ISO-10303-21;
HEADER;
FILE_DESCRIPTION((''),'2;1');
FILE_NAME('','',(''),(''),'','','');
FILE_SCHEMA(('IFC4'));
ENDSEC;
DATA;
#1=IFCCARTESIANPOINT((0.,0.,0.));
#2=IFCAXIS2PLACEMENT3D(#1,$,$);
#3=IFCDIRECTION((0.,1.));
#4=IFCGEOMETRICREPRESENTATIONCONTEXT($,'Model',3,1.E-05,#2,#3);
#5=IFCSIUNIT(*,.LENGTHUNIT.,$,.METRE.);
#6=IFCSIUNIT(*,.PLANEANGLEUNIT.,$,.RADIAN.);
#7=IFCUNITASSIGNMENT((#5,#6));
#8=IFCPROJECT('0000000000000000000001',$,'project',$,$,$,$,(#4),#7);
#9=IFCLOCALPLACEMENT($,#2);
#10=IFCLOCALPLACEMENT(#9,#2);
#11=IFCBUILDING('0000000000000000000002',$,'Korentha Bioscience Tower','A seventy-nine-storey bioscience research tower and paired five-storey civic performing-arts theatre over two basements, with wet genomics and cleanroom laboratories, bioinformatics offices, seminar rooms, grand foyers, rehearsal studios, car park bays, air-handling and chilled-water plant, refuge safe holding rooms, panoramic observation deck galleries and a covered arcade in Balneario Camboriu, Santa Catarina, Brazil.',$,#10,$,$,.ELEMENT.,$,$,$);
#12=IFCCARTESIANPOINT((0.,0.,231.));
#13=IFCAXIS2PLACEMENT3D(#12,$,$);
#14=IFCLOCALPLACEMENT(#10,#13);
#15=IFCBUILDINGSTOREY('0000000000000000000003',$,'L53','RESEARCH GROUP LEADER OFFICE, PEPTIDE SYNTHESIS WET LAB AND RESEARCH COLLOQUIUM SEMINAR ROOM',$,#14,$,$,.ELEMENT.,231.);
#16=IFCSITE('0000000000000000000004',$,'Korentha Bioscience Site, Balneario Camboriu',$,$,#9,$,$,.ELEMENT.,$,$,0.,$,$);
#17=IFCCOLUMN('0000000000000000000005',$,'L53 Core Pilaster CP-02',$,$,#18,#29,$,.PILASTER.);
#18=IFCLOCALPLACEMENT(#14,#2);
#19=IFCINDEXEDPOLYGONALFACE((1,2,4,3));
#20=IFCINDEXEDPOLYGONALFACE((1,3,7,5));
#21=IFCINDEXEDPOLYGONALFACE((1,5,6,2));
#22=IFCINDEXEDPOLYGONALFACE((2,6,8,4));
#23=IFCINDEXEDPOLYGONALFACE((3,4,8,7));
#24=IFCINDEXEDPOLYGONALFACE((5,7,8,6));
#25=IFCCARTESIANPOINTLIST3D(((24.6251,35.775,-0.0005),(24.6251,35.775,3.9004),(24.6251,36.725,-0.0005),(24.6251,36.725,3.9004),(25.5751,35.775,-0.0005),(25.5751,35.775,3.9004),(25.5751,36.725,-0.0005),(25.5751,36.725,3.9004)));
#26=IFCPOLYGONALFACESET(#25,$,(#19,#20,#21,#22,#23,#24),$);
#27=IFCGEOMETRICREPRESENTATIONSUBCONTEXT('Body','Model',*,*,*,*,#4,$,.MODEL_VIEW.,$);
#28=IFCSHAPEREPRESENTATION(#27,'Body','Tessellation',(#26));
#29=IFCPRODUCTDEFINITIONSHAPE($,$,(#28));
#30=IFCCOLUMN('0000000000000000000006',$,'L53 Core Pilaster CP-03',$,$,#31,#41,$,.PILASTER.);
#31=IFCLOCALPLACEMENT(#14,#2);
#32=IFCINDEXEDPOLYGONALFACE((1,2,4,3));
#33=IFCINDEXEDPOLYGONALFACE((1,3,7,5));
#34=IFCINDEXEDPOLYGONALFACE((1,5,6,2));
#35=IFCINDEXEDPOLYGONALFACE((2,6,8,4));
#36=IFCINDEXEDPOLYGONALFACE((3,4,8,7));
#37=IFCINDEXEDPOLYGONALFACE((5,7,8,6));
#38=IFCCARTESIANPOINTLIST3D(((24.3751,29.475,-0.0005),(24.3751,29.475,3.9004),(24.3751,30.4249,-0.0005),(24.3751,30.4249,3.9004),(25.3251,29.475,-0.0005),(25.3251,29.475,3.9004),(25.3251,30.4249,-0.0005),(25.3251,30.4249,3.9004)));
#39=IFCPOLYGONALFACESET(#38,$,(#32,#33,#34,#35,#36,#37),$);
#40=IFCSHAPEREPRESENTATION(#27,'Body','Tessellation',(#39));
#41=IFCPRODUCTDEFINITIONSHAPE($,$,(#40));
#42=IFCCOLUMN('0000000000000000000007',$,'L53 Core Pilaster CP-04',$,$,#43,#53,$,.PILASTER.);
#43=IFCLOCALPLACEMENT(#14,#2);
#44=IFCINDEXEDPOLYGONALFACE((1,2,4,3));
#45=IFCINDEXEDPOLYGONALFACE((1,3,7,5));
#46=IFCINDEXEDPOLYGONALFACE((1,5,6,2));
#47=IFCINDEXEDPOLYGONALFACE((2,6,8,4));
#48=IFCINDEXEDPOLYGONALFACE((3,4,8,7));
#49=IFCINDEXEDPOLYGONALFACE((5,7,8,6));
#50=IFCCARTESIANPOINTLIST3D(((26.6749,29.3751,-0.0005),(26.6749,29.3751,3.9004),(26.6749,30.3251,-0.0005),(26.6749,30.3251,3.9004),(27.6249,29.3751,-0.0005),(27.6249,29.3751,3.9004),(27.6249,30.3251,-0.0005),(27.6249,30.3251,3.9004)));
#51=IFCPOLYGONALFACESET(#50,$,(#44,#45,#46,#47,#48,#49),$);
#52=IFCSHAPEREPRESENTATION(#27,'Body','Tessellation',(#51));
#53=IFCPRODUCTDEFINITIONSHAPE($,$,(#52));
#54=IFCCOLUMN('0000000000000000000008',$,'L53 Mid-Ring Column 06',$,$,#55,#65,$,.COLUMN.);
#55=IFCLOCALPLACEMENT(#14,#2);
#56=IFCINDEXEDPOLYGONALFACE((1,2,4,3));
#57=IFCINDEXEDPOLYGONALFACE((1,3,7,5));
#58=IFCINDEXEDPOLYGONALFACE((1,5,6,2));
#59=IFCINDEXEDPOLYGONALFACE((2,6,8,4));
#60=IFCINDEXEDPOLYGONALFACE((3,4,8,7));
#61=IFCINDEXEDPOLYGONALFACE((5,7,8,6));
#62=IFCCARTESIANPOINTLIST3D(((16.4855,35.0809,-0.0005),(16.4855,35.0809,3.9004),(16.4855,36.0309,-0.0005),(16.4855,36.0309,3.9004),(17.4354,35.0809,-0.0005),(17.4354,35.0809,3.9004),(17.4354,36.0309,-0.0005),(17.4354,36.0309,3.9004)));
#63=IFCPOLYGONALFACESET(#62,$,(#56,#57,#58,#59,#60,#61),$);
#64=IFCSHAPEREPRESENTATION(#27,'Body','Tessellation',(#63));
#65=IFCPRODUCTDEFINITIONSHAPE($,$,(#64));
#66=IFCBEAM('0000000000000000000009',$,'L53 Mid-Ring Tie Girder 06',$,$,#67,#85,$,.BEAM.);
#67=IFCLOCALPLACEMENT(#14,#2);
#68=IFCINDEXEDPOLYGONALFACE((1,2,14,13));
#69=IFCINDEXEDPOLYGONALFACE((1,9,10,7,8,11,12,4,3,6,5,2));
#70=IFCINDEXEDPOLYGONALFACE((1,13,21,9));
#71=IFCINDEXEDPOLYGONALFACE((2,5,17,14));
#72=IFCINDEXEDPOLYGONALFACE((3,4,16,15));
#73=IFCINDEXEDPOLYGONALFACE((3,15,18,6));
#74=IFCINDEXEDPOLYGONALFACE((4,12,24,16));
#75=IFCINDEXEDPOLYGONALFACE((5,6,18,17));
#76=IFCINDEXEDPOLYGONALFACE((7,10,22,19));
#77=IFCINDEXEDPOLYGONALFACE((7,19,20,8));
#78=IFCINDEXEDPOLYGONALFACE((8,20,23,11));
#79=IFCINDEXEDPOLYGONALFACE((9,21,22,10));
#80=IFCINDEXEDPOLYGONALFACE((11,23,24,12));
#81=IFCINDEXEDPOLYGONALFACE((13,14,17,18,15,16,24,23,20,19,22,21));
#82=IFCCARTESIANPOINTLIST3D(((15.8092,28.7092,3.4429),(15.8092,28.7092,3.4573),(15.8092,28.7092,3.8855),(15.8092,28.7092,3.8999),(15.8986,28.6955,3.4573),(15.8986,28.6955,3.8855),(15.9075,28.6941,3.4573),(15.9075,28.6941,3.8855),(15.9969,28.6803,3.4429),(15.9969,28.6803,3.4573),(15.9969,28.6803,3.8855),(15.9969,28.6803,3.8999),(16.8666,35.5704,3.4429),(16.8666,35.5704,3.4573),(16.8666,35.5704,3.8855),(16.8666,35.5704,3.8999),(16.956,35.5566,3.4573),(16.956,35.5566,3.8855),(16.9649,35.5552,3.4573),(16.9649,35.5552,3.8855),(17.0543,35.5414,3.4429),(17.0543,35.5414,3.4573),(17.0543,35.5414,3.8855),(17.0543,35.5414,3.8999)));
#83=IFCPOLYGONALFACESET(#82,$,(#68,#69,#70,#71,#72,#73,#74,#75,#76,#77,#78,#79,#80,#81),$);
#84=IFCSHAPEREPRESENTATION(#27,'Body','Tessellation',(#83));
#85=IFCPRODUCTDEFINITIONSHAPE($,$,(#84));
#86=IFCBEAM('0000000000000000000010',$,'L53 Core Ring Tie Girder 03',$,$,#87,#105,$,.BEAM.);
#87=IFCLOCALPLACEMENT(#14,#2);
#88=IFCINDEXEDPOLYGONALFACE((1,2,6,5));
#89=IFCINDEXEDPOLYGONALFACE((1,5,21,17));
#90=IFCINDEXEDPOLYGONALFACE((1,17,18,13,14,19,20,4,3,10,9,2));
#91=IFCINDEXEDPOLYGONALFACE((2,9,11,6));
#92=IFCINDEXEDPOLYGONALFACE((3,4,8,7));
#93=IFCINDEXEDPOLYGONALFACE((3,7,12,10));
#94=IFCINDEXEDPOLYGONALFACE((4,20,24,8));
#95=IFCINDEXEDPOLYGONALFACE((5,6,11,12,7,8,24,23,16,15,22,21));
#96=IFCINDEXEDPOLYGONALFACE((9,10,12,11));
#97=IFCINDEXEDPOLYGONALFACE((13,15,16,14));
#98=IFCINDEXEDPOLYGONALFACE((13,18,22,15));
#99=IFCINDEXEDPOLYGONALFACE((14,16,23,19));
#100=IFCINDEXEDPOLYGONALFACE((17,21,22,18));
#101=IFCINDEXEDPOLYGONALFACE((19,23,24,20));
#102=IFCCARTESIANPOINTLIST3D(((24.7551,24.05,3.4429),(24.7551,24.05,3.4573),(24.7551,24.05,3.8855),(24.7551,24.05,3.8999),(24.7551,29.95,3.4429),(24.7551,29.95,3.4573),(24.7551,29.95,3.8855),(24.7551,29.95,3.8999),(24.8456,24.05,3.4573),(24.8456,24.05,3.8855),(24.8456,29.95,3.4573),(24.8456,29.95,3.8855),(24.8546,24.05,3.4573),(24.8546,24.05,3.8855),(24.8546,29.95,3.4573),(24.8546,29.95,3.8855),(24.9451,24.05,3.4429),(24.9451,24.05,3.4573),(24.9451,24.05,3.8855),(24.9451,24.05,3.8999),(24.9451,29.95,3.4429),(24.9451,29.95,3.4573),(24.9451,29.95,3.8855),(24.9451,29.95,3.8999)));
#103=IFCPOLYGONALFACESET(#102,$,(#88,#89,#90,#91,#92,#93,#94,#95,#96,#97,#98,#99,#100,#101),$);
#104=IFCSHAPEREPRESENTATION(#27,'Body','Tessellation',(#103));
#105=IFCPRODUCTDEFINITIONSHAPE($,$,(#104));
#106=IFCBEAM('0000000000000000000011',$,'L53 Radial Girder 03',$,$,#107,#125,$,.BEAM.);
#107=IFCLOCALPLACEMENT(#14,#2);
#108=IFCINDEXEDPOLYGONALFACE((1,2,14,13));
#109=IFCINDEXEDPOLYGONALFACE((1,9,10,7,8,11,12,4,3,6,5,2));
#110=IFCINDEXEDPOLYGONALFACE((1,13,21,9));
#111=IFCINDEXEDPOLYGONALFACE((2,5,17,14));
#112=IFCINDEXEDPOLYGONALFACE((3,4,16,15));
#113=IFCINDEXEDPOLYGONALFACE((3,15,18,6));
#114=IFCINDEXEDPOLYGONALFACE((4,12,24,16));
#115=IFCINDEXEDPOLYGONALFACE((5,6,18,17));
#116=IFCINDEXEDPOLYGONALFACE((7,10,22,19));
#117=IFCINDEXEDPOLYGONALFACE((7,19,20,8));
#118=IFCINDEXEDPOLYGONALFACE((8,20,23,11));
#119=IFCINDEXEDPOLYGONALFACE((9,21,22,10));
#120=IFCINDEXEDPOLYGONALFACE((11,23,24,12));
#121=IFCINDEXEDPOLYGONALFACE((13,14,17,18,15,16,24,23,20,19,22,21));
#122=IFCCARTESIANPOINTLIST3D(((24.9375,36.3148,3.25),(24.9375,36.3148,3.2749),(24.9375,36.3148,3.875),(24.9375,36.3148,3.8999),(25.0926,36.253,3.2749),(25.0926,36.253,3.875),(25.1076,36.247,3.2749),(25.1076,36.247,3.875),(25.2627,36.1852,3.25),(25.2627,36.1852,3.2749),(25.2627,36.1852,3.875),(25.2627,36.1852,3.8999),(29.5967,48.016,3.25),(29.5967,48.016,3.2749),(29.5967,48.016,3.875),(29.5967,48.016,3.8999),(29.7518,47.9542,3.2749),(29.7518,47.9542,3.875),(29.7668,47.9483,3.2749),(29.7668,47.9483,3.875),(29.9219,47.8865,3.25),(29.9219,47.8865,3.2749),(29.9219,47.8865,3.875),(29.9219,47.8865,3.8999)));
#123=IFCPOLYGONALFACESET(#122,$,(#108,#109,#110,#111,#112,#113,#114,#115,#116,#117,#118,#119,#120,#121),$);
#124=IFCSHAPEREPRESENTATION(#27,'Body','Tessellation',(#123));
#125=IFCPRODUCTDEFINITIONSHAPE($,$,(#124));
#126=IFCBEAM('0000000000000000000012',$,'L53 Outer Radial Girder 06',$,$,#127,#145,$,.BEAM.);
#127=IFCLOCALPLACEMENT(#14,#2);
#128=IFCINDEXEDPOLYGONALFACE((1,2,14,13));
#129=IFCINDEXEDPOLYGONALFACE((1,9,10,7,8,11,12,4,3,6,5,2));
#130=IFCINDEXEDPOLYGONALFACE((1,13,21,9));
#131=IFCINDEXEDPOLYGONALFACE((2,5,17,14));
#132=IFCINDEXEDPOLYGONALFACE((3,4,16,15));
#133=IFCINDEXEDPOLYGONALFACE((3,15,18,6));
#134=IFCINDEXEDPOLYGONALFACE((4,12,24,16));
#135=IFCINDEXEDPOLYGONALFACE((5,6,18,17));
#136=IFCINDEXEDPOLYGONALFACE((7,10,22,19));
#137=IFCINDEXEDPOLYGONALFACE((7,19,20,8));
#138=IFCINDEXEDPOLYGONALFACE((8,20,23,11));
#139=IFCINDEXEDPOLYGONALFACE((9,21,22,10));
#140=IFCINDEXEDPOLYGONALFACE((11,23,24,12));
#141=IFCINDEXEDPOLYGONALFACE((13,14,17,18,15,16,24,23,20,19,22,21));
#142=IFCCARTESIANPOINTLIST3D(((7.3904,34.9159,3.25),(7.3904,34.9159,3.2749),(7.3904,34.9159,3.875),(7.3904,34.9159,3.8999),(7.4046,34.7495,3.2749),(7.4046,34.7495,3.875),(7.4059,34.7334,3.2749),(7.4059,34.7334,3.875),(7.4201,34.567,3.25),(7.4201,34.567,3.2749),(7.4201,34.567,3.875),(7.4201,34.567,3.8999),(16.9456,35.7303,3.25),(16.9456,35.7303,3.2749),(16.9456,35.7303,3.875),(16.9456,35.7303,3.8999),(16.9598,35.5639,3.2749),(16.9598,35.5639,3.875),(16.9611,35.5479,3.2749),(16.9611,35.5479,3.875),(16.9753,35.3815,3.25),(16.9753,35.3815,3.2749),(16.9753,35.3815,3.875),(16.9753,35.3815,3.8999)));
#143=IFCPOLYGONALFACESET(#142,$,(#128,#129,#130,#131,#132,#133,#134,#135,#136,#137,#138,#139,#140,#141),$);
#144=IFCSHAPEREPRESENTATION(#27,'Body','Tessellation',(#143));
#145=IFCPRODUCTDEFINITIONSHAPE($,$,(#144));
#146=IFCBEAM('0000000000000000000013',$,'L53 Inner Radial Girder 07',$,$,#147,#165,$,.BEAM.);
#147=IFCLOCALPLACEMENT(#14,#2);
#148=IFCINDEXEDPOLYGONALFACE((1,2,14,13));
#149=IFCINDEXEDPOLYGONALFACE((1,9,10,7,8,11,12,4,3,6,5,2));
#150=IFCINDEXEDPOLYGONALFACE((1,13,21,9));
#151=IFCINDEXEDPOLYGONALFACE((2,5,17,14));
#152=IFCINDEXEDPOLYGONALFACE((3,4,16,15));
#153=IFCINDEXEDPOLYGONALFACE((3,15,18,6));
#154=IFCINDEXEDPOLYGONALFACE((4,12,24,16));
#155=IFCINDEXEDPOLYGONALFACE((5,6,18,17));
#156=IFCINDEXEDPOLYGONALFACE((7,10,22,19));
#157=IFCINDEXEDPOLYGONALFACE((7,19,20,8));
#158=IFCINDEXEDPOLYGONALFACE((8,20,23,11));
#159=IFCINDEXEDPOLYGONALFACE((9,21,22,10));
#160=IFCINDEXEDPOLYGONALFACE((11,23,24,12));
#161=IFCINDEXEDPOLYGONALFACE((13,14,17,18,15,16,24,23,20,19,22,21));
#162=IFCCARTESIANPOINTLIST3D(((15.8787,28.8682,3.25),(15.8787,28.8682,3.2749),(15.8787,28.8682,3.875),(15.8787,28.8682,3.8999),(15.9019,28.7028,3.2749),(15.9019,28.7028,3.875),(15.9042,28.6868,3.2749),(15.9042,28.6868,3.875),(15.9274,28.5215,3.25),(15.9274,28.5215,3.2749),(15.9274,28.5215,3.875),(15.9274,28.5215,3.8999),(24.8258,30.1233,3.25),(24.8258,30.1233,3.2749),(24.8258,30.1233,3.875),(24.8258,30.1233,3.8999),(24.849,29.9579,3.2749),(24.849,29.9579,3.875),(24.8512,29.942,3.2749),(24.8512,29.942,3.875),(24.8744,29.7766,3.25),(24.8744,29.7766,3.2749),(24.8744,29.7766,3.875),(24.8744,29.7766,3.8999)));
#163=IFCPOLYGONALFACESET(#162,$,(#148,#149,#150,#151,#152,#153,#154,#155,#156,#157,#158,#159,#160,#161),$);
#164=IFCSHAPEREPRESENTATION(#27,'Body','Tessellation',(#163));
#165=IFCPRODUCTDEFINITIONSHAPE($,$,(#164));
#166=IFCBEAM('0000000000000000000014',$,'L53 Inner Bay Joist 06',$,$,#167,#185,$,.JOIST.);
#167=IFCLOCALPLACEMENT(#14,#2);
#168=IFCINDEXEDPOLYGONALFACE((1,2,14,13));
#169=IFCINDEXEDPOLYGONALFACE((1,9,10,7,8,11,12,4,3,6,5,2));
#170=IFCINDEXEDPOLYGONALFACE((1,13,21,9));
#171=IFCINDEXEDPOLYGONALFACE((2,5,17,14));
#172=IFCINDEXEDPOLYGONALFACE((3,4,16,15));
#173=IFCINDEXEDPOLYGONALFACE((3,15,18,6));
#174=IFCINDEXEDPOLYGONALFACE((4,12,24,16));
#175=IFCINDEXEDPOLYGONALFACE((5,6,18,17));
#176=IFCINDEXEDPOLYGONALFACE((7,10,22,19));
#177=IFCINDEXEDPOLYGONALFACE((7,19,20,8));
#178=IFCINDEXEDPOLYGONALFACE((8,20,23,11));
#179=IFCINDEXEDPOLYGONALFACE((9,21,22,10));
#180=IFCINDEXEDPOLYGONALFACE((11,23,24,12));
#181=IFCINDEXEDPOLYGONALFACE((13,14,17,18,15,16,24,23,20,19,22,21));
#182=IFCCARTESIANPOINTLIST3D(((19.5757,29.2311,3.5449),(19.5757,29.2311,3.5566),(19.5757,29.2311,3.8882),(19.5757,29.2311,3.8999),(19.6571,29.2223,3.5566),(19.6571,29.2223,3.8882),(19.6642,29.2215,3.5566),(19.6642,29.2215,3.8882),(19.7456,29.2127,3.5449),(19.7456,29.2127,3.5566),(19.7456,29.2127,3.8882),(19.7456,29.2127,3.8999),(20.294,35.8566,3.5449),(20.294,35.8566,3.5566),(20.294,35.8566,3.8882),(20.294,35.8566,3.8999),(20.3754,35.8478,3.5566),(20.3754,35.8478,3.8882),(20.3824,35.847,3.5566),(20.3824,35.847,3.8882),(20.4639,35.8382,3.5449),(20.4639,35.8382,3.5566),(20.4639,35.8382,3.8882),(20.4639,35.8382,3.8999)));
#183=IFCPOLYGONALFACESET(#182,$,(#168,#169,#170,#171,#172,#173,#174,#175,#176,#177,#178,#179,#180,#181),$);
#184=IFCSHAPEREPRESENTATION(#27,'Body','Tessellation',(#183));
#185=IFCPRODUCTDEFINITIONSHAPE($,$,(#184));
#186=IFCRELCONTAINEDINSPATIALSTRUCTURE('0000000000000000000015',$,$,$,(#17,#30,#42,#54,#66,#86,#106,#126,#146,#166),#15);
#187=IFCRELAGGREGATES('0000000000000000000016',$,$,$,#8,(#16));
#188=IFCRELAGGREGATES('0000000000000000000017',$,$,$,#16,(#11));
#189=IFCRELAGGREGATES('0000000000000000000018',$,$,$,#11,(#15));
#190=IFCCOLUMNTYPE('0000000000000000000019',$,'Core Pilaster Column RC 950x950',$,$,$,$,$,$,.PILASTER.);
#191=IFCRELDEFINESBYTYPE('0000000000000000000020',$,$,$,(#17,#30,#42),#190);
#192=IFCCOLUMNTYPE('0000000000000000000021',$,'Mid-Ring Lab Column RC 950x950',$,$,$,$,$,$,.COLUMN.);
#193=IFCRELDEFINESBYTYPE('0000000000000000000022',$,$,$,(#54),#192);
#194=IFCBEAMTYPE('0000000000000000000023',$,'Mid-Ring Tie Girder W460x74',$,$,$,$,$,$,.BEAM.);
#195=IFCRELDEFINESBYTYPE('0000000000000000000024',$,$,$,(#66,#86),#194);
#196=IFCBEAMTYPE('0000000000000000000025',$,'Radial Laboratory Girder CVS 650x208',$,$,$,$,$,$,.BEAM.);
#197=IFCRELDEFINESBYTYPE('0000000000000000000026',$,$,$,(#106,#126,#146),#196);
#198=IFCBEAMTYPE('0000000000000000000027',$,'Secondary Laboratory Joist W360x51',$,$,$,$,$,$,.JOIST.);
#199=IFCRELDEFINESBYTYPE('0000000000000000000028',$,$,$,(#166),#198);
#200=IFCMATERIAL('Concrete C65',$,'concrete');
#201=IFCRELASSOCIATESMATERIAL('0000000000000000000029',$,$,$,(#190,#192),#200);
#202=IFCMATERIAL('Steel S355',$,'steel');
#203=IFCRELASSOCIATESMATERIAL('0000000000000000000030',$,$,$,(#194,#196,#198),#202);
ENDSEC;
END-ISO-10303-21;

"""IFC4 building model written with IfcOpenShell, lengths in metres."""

from ifc_helpers import new_model, si_unit, direction, frame, origin, origin_2d, place, context, subcontext, project, spatial, rectangle, i_section, extrude, material, material_profile, profile_set, type_object, element, save


model = new_model("IFC4")

# Units and contexts
model_context = context("Model", 3, precision=1e-05, world=origin(), true_north=direction((0.0, 1.0)))
body_context = subcontext(model_context, "Body", "Model", "MODEL_VIEW")
ifc_project = project(units=[si_unit("LENGTHUNIT", "METRE"), si_unit("PLANEANGLEUNIT", "RADIAN")], contexts=[model_context])

# Site, building, storey
site_placement = place(None, origin())
site = spatial("IfcSite", under=ifc_project, at=site_placement, Name="Korentha Bioscience Site, Balneario Camboriu", CompositionType="ELEMENT", RefElevation=0.0)
building_placement = place(site_placement, origin())
building = spatial("IfcBuilding", under=site, at=building_placement, Name="Korentha Bioscience Tower", Description="A seventy-nine-storey bioscience research tower and paired five-storey civic performing-arts theatre over two basements, with wet genomics and cleanroom laboratories, bioinformatics offices, seminar rooms, grand foyers, rehearsal studios, car park bays, air-handling and chilled-water plant, refuge safe holding rooms, panoramic observation deck galleries and a covered arcade in Balneario Camboriu, Santa Catarina, Brazil.", CompositionType="ELEMENT")
storey_placement = place(building_placement, frame((0.0, 0.0, 231.0)))
storey = spatial("IfcBuildingStorey", under=building, at=storey_placement, Name="L53", Description="RESEARCH GROUP LEADER OFFICE, PEPTIDE SYNTHESIS WET LAB AND RESEARCH COLLOQUIUM SEMINAR ROOM", CompositionType="ELEMENT", Elevation=231.0)

# Columns
ifc_material_1 = material(Name="Concrete C65", Category="concrete")
ifc_material_profile_1 = material_profile(ifc_material_1, rectangle(XDim=0.95, YDim=0.95, at=origin_2d()), Name="Concrete C65")
ifc_profile_set_1 = profile_set([ifc_material_profile_1], Name="Concrete C65 (COL-CP09)")
column_type_1 = type_object("IfcColumnType", Name="Core Pilaster Column RC 950x950", PredefinedType="PILASTER", material=ifc_profile_set_1)
for number, where, z_axis, x_axis, name in (
    (1, (25.1001, 36.25, -0.0005), (0.0, 0.0, 1.0), (1.0, 0.0, 0.0), "L53 Core Pilaster CP-02"),
    (2, (24.8501, 29.95, -0.0005), (0.0, 0.0, 1.0), (1.0, 0.0, 0.0), "L53 Core Pilaster CP-03"),
    (3, (27.1499, 29.8501, -0.0005), (0.0, 0.0, 1.0), (1.0, 0.0, 0.0), "L53 Core Pilaster CP-04"),
):
    element("IfcColumn", number, at=place(storey_placement, frame(where, z_axis=z_axis, x_axis=x_axis)), inside=storey, type_object=column_type_1, Name=name, PredefinedType="PILASTER", context=body_context, shape_type="SweptSolid", body=[
        extrude(rectangle(XDim=0.95, YDim=0.95, at=origin_2d()), origin(), (0.0, 0.0, 1.0), 3.9009),
    ])
ifc_material_profile_2 = material_profile(ifc_material_1, rectangle(XDim=0.95, YDim=0.95, at=origin_2d()), Name="Concrete C65")
ifc_profile_set_2 = profile_set([ifc_material_profile_2], Name="Concrete C65 (COL-MR09)")
column_type_2 = type_object("IfcColumnType", Name="Mid-Ring Lab Column RC 950x950", PredefinedType="COLUMN", material=ifc_profile_set_2)
column_placement = place(storey_placement, frame((16.9604, 35.5559, -0.0005), z_axis=(0.0, 0.0, 1.0), x_axis=(1.0, 0.0, 0.0)))
element("IfcColumn", 4, at=column_placement, inside=storey, type_object=column_type_2, Name="L53 Mid-Ring Column 06", PredefinedType="COLUMN", context=body_context, shape_type="SweptSolid", body=[
    extrude(rectangle(XDim=0.95, YDim=0.95, at=origin_2d()), origin(), (0.0, 0.0, 1.0), 3.9009),
])

# Beams
ifc_material_2 = material(Name="Steel S355", Category="steel")
ifc_material_profile_3 = material_profile(ifc_material_2, i_section(OverallWidth=0.1899, OverallDepth=0.457, WebThickness=0.009, FlangeThickness=0.0144, at=origin_2d()), Name="Steel S355")
ifc_profile_set_3 = profile_set([ifc_material_profile_3], Name="Steel S355 (MB-460)")
beam_type_1 = type_object("IfcBeamType", Name="Mid-Ring Tie Girder W460x74", PredefinedType="BEAM", material=ifc_profile_set_3)
beam_1_placement = place(storey_placement, frame((16.9604, 35.5559, 3.6714), z_axis=(-0.152314, -0.988332, 0.0), x_axis=(0.988332, -0.152314, 0.0)))
element("IfcBeam", 5, at=beam_1_placement, inside=storey, type_object=beam_type_1, Name="L53 Mid-Ring Tie Girder 06", PredefinedType="BEAM", context=body_context, shape_type="SweptSolid", body=[
    extrude(i_section(OverallWidth=0.1899, OverallDepth=0.457, WebThickness=0.009, FlangeThickness=0.0144, at=origin_2d()), origin(), (0.0, 0.0, 1.0), 6.9421),
])
beam_2_placement = place(storey_placement, frame((24.8501, 29.95, 3.6714), z_axis=(0.0, -1.0, 0.0), x_axis=(1.0, 0.0, 0.0)))
element("IfcBeam", 6, at=beam_2_placement, inside=storey, type_object=beam_type_1, Name="L53 Core Ring Tie Girder 03", PredefinedType="BEAM", context=body_context, shape_type="SweptSolid", body=[
    extrude(i_section(OverallWidth=0.1899, OverallDepth=0.457, WebThickness=0.009, FlangeThickness=0.0144, at=origin_2d()), origin(), (0.0, 0.0, 1.0), 5.8999),
])
ifc_material_profile_4 = material_profile(ifc_material_2, i_section(OverallWidth=0.3501, OverallDepth=0.6499, WebThickness=0.0161, FlangeThickness=0.0249, at=origin_2d()), Name="Steel S355")
ifc_profile_set_4 = profile_set([ifc_material_profile_4], Name="Steel S355 (RB-650)")
beam_type_2 = type_object("IfcBeamType", Name="Radial Laboratory Girder CVS 650x208", PredefinedType="BEAM", material=ifc_profile_set_4)
beam_3_placement = place(storey_placement, frame((25.1001, 36.25, 3.575), z_axis=(0.369933, 0.929058, 0.0), x_axis=(-0.929058, 0.369933, 0.0)))
element("IfcBeam", 7, at=beam_3_placement, inside=storey, type_object=beam_type_2, Name="L53 Radial Girder 03", PredefinedType="BEAM", context=body_context, shape_type="SweptSolid", body=[
    extrude(i_section(OverallWidth=0.3501, OverallDepth=0.6499, WebThickness=0.0161, FlangeThickness=0.0249, at=origin_2d()), origin(), (0.0, 0.0, 1.0), 12.5947),
])
beam_4_placement = place(storey_placement, frame((16.9604, 35.5559, 3.575), z_axis=(-0.996387, -0.084929, 0.0), x_axis=(0.084929, -0.996387, 0.0)))
element("IfcBeam", 8, at=beam_4_placement, inside=storey, type_object=beam_type_2, Name="L53 Outer Radial Girder 06", PredefinedType="BEAM", context=body_context, shape_type="SweptSolid", body=[
    extrude(i_section(OverallWidth=0.3501, OverallDepth=0.6499, WebThickness=0.0161, FlangeThickness=0.0249, at=origin_2d()), origin(), (0.0, 0.0, 1.0), 9.5898),
])
beam_5_placement = place(storey_placement, frame((24.8501, 29.95, 3.575), z_axis=(-0.990303, -0.138924, 0.0), x_axis=(0.138924, -0.990303, 0.0)))
element("IfcBeam", 9, at=beam_5_placement, inside=storey, type_object=beam_type_2, Name="L53 Inner Radial Girder 07", PredefinedType="BEAM", context=body_context, shape_type="SweptSolid", body=[
    extrude(i_section(OverallWidth=0.3501, OverallDepth=0.6499, WebThickness=0.0161, FlangeThickness=0.0249, at=origin_2d()), origin(), (0.0, 0.0, 1.0), 9.0347),
])
ifc_material_profile_5 = material_profile(ifc_material_2, i_section(OverallWidth=0.1709, OverallDepth=0.355, WebThickness=0.0071, FlangeThickness=0.0117, at=origin_2d()), Name="Steel S355")
ifc_profile_set_5 = profile_set([ifc_material_profile_5], Name="Steel S355 (JB-360)")
beam_type_3 = type_object("IfcBeamType", Name="Secondary Laboratory Joist W360x51", PredefinedType="JOIST", material=ifc_profile_set_5)
beam_6_placement = place(storey_placement, frame((20.3789, 35.8474, 3.7224), z_axis=(-0.107777, -0.994175, 0.0), x_axis=(0.994175, -0.107777, 0.0)))
element("IfcBeam", 10, at=beam_6_placement, inside=storey, type_object=beam_type_3, Name="L53 Inner Bay Joist 06", PredefinedType="JOIST", context=body_context, shape_type="SweptSolid", body=[
    extrude(i_section(OverallWidth=0.1709, OverallDepth=0.355, WebThickness=0.0071, FlangeThickness=0.0117, at=origin_2d()), origin(), (0.0, 0.0, 1.0), 6.6643),
])

save(model, "model.ifc")
